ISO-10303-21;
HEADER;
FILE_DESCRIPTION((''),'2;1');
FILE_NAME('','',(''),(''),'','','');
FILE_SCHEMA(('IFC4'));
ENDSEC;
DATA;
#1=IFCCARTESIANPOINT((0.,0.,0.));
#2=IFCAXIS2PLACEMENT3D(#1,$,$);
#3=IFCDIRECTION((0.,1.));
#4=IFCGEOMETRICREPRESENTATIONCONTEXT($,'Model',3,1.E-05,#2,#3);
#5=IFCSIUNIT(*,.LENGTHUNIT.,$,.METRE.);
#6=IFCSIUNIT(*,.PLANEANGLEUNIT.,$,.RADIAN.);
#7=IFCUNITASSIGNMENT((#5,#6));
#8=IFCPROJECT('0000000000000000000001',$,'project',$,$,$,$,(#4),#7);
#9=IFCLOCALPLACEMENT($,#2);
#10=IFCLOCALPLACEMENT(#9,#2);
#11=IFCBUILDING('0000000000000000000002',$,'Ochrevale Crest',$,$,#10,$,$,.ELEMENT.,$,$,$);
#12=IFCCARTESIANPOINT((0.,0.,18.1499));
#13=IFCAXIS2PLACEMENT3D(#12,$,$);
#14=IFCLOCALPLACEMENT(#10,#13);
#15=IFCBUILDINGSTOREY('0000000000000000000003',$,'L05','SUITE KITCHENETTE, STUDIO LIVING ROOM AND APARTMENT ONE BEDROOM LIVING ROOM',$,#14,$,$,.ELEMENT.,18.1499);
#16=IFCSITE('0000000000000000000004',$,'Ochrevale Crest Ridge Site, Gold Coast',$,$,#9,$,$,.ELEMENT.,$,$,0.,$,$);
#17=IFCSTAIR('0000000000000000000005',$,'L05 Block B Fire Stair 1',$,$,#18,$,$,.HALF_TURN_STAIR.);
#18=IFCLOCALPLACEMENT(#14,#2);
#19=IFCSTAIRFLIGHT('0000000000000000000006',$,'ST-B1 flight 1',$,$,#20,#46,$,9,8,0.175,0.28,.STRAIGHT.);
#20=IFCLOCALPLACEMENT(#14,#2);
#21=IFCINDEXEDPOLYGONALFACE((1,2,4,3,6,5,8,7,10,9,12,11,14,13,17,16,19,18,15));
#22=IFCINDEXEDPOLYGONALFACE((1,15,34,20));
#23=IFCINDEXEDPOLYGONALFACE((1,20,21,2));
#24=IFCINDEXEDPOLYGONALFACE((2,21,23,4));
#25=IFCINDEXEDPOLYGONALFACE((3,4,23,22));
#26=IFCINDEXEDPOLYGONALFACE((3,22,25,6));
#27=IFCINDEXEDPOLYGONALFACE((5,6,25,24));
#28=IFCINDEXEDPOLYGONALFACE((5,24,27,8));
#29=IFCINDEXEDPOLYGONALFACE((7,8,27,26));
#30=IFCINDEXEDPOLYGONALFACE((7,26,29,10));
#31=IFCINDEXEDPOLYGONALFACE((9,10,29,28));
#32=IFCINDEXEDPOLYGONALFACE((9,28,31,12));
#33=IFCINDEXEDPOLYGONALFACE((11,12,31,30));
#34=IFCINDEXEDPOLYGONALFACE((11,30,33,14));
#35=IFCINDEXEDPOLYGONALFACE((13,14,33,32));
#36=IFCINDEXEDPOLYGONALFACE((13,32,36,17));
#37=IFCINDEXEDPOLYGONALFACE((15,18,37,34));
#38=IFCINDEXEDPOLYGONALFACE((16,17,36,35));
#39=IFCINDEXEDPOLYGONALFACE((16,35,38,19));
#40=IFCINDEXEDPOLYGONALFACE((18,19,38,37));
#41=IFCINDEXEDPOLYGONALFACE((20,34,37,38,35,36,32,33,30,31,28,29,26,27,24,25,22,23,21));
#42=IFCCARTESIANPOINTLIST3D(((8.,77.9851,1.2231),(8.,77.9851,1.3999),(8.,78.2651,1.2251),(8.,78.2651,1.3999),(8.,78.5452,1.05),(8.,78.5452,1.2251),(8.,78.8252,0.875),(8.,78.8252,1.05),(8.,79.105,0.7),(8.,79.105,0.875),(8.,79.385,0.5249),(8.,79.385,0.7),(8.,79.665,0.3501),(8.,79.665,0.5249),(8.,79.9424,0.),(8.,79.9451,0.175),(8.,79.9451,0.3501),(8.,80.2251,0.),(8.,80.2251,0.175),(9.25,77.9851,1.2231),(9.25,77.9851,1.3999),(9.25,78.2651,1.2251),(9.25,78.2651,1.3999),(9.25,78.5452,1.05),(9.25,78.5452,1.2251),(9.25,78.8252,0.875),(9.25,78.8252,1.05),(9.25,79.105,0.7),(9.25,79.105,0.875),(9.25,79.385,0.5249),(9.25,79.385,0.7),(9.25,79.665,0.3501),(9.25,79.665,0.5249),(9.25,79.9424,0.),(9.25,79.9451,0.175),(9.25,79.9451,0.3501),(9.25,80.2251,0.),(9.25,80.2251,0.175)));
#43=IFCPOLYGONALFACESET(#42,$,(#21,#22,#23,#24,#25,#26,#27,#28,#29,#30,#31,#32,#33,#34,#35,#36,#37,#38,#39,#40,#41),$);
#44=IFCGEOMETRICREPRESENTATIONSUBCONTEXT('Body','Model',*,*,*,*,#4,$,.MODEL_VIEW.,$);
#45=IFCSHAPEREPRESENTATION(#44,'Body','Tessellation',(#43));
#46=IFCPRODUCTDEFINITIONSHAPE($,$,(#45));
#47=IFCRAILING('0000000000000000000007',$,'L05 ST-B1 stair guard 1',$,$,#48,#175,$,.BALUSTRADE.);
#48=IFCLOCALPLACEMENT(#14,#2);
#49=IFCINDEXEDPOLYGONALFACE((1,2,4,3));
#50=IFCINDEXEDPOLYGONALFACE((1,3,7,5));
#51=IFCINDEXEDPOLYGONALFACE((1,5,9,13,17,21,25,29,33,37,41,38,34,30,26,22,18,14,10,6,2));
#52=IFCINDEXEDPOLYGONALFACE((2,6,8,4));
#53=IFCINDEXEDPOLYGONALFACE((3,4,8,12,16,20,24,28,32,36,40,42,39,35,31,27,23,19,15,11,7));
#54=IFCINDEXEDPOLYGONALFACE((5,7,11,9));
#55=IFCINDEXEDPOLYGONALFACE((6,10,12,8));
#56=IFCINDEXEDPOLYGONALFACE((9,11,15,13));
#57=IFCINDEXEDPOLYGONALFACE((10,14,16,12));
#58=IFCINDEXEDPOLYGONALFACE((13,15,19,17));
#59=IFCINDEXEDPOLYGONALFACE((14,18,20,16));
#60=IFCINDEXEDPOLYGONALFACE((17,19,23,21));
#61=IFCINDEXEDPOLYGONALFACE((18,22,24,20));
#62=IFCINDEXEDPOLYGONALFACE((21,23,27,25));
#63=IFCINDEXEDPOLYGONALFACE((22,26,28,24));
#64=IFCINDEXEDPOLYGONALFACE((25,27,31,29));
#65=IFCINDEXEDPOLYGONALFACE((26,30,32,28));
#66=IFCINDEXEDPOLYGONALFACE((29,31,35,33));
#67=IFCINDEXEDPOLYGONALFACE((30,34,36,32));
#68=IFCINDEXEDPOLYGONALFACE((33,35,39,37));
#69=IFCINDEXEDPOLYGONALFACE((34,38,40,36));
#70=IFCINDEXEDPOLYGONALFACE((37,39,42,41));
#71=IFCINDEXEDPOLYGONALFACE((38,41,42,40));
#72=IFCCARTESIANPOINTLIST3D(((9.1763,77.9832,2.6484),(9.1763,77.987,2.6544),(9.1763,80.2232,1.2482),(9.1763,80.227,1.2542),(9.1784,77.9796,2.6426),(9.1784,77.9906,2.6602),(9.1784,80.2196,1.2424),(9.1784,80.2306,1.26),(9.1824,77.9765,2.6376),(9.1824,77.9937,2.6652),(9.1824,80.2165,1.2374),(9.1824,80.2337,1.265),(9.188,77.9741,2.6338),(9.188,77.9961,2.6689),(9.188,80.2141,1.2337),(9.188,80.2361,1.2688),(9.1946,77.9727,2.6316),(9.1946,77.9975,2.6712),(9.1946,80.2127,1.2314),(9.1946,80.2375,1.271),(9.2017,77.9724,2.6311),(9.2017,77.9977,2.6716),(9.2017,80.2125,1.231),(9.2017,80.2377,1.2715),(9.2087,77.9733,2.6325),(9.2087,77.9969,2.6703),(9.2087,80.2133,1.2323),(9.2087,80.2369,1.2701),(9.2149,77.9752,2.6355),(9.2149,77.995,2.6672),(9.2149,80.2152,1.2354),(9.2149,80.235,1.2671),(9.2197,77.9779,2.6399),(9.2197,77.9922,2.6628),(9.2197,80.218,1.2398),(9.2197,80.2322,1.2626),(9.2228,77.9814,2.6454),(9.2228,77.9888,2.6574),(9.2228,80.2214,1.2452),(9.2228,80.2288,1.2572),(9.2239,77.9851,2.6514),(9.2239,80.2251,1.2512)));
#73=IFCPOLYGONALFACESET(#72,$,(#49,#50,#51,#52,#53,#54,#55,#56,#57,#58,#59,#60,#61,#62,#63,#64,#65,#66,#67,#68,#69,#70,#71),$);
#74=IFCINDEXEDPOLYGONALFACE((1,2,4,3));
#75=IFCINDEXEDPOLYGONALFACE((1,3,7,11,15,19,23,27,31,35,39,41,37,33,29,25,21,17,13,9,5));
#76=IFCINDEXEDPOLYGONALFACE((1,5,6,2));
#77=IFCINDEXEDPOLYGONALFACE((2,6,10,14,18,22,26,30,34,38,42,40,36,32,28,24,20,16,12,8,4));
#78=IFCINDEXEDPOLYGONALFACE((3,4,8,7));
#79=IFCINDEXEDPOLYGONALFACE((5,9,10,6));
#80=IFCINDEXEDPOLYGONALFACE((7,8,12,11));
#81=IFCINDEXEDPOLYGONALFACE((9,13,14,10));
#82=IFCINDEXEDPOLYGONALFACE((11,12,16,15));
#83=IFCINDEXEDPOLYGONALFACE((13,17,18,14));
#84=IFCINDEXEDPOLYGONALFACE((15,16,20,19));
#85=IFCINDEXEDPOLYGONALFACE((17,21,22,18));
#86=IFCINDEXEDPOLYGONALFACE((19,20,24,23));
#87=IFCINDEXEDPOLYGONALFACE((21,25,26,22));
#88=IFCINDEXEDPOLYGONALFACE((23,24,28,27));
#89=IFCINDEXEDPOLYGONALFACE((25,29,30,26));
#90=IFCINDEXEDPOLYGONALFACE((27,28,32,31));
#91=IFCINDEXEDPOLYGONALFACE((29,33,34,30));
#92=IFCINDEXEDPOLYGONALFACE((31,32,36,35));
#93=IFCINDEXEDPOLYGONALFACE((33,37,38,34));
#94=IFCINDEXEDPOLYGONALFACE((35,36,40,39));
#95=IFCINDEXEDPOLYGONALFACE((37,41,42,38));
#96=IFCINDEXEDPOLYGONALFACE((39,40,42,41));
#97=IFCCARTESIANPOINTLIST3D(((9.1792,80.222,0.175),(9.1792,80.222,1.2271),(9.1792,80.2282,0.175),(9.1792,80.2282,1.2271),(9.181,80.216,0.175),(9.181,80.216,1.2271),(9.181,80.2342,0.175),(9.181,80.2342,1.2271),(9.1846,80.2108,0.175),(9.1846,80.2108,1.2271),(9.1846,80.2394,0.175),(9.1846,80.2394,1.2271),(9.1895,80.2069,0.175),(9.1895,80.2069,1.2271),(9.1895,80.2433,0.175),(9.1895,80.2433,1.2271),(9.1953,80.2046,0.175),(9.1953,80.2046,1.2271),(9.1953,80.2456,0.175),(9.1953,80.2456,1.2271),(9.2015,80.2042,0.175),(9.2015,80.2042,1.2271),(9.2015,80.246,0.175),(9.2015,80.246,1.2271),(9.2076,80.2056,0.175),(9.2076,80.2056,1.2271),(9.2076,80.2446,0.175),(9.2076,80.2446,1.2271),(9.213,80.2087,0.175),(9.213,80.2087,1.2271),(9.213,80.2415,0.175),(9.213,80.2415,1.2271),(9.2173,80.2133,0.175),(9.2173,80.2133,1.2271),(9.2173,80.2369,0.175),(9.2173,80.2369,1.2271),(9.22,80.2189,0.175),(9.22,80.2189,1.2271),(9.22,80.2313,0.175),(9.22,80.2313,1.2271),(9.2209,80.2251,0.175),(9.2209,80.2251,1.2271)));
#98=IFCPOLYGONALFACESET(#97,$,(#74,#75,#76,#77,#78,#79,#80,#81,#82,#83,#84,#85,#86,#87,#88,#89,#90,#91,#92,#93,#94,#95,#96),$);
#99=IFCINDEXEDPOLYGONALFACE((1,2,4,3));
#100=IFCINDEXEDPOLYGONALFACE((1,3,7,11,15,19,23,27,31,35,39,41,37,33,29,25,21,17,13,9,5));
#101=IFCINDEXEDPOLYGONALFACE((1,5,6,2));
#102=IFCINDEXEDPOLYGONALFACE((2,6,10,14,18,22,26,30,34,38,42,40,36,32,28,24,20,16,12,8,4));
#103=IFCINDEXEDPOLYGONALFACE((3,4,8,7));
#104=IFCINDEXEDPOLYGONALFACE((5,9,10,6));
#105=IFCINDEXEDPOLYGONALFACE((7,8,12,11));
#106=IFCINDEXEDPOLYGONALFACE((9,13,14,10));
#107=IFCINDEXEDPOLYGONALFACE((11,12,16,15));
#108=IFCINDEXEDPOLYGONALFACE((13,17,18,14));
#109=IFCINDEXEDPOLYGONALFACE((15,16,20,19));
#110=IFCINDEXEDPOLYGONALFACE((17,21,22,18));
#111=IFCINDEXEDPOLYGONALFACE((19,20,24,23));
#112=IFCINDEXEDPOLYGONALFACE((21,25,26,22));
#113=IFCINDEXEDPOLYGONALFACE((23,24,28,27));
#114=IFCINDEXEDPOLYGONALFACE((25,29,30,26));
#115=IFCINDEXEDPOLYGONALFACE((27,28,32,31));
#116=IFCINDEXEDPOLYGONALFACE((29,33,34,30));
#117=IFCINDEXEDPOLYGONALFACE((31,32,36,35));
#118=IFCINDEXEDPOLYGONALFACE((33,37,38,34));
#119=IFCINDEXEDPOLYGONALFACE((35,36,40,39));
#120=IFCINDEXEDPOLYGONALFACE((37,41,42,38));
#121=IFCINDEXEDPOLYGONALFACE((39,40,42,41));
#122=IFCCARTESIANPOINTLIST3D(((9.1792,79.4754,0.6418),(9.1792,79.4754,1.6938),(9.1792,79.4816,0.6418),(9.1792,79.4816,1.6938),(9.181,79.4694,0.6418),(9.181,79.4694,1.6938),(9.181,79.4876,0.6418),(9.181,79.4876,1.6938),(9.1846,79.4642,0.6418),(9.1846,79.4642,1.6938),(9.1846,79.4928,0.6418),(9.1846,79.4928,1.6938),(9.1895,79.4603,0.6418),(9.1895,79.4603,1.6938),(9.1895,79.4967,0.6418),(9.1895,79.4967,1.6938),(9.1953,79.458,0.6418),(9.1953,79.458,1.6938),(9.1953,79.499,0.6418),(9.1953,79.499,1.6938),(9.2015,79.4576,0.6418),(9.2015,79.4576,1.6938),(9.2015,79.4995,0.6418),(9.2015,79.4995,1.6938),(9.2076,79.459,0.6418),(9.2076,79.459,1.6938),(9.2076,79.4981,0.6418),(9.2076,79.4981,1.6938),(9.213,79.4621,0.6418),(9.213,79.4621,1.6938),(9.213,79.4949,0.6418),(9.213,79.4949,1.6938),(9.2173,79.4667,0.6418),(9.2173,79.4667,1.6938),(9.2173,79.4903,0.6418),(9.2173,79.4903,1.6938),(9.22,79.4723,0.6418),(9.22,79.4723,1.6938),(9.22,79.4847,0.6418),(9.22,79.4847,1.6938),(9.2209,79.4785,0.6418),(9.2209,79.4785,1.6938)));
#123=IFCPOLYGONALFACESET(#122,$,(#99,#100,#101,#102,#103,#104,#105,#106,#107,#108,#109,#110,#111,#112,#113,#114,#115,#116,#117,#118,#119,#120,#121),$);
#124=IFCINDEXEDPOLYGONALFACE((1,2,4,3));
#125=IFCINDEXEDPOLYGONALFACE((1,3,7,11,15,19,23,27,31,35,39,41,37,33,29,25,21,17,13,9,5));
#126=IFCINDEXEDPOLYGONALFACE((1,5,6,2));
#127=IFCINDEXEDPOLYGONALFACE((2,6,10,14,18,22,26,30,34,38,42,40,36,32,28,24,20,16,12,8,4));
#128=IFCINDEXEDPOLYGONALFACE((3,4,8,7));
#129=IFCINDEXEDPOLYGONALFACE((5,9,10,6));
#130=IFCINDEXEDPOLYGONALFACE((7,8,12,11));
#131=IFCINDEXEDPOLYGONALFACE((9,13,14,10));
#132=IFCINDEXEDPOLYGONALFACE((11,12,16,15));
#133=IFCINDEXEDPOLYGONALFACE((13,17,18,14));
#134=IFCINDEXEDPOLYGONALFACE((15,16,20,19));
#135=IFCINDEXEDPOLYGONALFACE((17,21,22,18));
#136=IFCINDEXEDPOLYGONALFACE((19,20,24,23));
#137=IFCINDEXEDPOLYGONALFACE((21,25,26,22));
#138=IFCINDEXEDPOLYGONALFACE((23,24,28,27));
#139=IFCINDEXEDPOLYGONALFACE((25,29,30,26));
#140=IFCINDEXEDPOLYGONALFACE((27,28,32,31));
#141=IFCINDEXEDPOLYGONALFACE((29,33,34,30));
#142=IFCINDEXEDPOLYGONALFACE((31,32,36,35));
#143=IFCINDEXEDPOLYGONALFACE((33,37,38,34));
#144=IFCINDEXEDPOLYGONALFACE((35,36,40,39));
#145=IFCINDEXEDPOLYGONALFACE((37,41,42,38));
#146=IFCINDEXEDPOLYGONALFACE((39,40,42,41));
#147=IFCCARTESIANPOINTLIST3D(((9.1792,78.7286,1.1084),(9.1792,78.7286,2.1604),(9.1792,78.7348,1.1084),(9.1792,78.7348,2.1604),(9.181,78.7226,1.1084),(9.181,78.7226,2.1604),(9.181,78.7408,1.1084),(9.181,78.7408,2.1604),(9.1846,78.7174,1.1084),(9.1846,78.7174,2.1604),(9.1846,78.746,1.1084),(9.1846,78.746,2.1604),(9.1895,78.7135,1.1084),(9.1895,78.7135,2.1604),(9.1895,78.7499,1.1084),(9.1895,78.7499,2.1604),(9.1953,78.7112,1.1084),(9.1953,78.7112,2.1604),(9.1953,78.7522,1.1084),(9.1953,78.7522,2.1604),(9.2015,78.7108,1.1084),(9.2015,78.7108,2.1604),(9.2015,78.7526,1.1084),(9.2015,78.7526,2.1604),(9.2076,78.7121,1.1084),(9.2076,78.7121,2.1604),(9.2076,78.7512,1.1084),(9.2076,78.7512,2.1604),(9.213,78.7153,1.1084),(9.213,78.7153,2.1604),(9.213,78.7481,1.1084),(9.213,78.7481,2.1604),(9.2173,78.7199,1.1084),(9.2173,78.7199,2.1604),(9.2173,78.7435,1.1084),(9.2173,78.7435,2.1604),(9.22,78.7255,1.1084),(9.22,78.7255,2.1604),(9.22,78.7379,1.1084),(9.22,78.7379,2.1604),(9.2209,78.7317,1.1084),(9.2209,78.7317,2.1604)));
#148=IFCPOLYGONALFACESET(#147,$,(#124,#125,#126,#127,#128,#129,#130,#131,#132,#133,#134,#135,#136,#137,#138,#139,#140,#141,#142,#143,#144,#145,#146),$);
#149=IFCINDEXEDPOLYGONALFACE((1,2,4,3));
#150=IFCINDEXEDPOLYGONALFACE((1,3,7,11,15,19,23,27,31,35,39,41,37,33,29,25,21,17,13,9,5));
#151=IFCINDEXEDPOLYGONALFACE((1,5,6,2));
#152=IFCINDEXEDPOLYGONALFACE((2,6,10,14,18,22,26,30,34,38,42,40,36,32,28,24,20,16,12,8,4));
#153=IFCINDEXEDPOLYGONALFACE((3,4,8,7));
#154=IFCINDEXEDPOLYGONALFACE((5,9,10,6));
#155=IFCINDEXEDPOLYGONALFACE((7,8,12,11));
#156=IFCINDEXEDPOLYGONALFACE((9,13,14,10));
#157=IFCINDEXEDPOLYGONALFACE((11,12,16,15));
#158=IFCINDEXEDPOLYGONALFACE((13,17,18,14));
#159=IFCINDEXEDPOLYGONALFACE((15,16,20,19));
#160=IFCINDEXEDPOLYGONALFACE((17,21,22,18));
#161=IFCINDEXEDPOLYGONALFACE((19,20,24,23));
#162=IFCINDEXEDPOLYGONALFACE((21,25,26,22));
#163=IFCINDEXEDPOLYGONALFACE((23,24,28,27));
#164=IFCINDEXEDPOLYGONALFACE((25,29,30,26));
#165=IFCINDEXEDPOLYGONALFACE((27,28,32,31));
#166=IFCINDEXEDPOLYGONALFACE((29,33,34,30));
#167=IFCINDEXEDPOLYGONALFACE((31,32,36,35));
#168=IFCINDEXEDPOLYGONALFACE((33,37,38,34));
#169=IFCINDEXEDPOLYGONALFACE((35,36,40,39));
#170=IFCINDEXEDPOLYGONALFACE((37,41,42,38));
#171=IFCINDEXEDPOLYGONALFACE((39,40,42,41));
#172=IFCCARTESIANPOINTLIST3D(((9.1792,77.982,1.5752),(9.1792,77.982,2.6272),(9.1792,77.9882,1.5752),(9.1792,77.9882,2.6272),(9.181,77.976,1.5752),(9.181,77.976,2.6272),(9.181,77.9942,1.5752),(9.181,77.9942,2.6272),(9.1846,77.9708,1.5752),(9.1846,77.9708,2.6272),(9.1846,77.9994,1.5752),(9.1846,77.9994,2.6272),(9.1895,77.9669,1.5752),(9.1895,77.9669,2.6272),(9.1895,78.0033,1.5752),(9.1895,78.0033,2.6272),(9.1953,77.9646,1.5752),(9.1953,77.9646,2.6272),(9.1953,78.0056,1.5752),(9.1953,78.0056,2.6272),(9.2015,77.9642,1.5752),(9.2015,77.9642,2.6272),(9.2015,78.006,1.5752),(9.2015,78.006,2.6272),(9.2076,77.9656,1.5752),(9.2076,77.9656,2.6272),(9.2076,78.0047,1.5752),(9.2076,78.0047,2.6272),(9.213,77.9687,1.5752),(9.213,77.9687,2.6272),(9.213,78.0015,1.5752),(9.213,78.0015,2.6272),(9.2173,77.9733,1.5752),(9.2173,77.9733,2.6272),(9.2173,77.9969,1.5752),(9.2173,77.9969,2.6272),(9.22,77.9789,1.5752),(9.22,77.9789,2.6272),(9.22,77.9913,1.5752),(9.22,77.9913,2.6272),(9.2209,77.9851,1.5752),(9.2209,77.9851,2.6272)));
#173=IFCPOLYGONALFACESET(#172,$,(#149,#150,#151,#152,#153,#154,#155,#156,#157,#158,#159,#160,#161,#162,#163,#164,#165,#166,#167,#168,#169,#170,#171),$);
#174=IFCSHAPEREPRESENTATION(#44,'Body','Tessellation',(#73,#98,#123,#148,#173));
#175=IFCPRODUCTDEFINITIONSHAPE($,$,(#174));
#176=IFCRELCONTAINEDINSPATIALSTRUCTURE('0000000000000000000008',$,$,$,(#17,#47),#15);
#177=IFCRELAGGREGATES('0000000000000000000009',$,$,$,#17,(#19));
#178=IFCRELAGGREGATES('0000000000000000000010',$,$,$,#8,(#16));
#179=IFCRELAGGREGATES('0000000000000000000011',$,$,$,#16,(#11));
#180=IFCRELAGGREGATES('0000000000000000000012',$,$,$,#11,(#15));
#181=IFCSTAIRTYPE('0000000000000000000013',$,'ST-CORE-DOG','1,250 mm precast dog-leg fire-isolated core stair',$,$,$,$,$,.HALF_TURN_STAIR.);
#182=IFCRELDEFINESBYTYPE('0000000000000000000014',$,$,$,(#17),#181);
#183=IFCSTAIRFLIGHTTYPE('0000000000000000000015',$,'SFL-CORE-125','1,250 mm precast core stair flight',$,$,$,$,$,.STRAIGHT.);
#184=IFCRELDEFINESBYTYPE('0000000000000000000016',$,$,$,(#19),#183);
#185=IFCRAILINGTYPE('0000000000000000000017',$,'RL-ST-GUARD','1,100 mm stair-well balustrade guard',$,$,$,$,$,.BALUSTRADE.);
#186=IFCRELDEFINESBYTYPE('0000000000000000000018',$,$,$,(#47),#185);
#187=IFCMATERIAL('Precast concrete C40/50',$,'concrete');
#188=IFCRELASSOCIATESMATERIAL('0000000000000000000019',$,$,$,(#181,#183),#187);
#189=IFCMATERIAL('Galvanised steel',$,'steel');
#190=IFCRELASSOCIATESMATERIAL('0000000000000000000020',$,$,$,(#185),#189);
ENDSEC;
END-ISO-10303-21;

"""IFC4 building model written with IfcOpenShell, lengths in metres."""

from ifc_helpers import new_model, si_unit, direction, frame, origin, origin_2d, place, context, subcontext, project, spatial, polyline, circle, outline, extrude, material, type_object, element, aggregate, save


model = new_model("IFC4")

# Units and contexts
model_context = context("Model", 3, precision=1e-05, world=origin(), true_north=direction((0.0, 1.0)))
body_context = subcontext(model_context, "Body", "Model", "MODEL_VIEW")
ifc_project = project(units=[si_unit("LENGTHUNIT", "METRE"), si_unit("PLANEANGLEUNIT", "RADIAN")], contexts=[model_context])

# Site, building, storey
site_placement = place(None, origin())
site = spatial("IfcSite", under=ifc_project, at=site_placement, Name="Ochrevale Crest Ridge Site, Gold Coast", CompositionType="ELEMENT", RefElevation=0.0)
building_placement = place(site_placement, origin())
building = spatial("IfcBuilding", under=site, at=building_placement, Name="Ochrevale Crest", CompositionType="ELEMENT")
storey_placement = place(building_placement, frame((0.0, 0.0, 18.1499)))
storey = spatial("IfcBuildingStorey", under=building, at=storey_placement, Name="L05", Description="SUITE KITCHENETTE, STUDIO LIVING ROOM AND APARTMENT ONE BEDROOM LIVING ROOM", CompositionType="ELEMENT", Elevation=18.1499)

# Stair, stair flight
ifc_material_1 = material(Name="Precast concrete C40/50", Category="concrete")
stair_type = type_object("IfcStairType", Name="ST-CORE-DOG", Description="1,250 mm precast dog-leg fire-isolated core stair", PredefinedType="HALF_TURN_STAIR", material=ifc_material_1)
stair_placement = place(storey_placement, origin())
stair = element("IfcStair", 1, at=stair_placement, inside=storey, type_object=stair_type, Name="L05 Block B Fire Stair 1", PredefinedType="HALF_TURN_STAIR")
stair_flight_type = type_object("IfcStairFlightType", Name="SFL-CORE-125", Description="1,250 mm precast core stair flight", PredefinedType="STRAIGHT", material=ifc_material_1)
stair_flight_placement = place(storey_placement, frame((8.625, 80.2251, 0.0), z_axis=(0.0, 0.0, 1.0), x_axis=(0.0, -1.0, 0.0)))
stair_flight = element("IfcStairFlight", 2, at=stair_flight_placement, type_object=stair_flight_type, Name="ST-B1 flight 1", NumberOfRisers=9, NumberOfTreads=8, PredefinedType="STRAIGHT", RiserHeight=0.175, TreadLength=0.28, context=body_context, shape_type="SweptSolid", body=[
    extrude(outline(polyline([(0.0, 0.0), (0.0, 0.175), (0.28, 0.175), (0.28, 0.3501), (0.5601, 0.3501), (0.5601, 0.5249), (0.8401, 0.5249), (0.8401, 0.7), (1.1201, 0.7), (1.1201, 0.875), (1.3999, 0.875), (1.3999, 1.05), (1.6799, 1.05), (1.6799, 1.2251), (1.96, 1.2251), (1.96, 1.3999), (2.24, 1.3999), (2.24, 1.575), (2.24, 1.2231), (0.2827, 0.0), (0.0, 0.0)])), frame((0.0, 0.625, 0.0), z_axis=(0.0, -1.0, 0.0), x_axis=(1.0, 0.0, 0.0)), (0.0, 0.0, 1.0), 1.25),
])
aggregate(stair, [stair_flight])

# Railing
ifc_material_2 = material(Name="Galvanised steel", Category="steel")
railing_type_1 = type_object("IfcRailingType", Name="RL-ST-GUARD", Description="1,100 mm stair-well balustrade guard", PredefinedType="BALUSTRADE", material=ifc_material_2)
railing_1_placement = place(storey_placement, frame((9.2, 80.2251, 0.175)))
element("IfcRailing", 3, at=railing_1_placement, inside=storey, type_object=railing_type_1, Name="L05 ST-B1 stair guard 1", PredefinedType="BALUSTRADE", context=body_context, shape_type="SweptSolid", body=[
    extrude(circle(Radius=0.0239, at=origin_2d()), frame((0.0, 0.0, 1.0762), z_axis=(0.0, -0.847972, 0.53004), x_axis=(1.0, 0.0, 0.0)), (0.0, 0.0, 1.0), 2.6416),
    extrude(circle(Radius=0.021, at=origin_2d()), origin(), (0.0, 0.0, 1.0), 1.052),
    extrude(circle(Radius=0.021, at=origin_2d()), frame((0.0, -0.7466, 0.4668)), (0.0, 0.0, 1.0), 1.052),
    extrude(circle(Radius=0.021, at=origin_2d()), frame((0.0, -1.4934, 0.9333)), (0.0, 0.0, 1.0), 1.052),
    extrude(circle(Radius=0.021, at=origin_2d()), frame((0.0, -2.24, 1.4001)), (0.0, 0.0, 1.0), 1.052),
])

save(model, "model.ifc")
